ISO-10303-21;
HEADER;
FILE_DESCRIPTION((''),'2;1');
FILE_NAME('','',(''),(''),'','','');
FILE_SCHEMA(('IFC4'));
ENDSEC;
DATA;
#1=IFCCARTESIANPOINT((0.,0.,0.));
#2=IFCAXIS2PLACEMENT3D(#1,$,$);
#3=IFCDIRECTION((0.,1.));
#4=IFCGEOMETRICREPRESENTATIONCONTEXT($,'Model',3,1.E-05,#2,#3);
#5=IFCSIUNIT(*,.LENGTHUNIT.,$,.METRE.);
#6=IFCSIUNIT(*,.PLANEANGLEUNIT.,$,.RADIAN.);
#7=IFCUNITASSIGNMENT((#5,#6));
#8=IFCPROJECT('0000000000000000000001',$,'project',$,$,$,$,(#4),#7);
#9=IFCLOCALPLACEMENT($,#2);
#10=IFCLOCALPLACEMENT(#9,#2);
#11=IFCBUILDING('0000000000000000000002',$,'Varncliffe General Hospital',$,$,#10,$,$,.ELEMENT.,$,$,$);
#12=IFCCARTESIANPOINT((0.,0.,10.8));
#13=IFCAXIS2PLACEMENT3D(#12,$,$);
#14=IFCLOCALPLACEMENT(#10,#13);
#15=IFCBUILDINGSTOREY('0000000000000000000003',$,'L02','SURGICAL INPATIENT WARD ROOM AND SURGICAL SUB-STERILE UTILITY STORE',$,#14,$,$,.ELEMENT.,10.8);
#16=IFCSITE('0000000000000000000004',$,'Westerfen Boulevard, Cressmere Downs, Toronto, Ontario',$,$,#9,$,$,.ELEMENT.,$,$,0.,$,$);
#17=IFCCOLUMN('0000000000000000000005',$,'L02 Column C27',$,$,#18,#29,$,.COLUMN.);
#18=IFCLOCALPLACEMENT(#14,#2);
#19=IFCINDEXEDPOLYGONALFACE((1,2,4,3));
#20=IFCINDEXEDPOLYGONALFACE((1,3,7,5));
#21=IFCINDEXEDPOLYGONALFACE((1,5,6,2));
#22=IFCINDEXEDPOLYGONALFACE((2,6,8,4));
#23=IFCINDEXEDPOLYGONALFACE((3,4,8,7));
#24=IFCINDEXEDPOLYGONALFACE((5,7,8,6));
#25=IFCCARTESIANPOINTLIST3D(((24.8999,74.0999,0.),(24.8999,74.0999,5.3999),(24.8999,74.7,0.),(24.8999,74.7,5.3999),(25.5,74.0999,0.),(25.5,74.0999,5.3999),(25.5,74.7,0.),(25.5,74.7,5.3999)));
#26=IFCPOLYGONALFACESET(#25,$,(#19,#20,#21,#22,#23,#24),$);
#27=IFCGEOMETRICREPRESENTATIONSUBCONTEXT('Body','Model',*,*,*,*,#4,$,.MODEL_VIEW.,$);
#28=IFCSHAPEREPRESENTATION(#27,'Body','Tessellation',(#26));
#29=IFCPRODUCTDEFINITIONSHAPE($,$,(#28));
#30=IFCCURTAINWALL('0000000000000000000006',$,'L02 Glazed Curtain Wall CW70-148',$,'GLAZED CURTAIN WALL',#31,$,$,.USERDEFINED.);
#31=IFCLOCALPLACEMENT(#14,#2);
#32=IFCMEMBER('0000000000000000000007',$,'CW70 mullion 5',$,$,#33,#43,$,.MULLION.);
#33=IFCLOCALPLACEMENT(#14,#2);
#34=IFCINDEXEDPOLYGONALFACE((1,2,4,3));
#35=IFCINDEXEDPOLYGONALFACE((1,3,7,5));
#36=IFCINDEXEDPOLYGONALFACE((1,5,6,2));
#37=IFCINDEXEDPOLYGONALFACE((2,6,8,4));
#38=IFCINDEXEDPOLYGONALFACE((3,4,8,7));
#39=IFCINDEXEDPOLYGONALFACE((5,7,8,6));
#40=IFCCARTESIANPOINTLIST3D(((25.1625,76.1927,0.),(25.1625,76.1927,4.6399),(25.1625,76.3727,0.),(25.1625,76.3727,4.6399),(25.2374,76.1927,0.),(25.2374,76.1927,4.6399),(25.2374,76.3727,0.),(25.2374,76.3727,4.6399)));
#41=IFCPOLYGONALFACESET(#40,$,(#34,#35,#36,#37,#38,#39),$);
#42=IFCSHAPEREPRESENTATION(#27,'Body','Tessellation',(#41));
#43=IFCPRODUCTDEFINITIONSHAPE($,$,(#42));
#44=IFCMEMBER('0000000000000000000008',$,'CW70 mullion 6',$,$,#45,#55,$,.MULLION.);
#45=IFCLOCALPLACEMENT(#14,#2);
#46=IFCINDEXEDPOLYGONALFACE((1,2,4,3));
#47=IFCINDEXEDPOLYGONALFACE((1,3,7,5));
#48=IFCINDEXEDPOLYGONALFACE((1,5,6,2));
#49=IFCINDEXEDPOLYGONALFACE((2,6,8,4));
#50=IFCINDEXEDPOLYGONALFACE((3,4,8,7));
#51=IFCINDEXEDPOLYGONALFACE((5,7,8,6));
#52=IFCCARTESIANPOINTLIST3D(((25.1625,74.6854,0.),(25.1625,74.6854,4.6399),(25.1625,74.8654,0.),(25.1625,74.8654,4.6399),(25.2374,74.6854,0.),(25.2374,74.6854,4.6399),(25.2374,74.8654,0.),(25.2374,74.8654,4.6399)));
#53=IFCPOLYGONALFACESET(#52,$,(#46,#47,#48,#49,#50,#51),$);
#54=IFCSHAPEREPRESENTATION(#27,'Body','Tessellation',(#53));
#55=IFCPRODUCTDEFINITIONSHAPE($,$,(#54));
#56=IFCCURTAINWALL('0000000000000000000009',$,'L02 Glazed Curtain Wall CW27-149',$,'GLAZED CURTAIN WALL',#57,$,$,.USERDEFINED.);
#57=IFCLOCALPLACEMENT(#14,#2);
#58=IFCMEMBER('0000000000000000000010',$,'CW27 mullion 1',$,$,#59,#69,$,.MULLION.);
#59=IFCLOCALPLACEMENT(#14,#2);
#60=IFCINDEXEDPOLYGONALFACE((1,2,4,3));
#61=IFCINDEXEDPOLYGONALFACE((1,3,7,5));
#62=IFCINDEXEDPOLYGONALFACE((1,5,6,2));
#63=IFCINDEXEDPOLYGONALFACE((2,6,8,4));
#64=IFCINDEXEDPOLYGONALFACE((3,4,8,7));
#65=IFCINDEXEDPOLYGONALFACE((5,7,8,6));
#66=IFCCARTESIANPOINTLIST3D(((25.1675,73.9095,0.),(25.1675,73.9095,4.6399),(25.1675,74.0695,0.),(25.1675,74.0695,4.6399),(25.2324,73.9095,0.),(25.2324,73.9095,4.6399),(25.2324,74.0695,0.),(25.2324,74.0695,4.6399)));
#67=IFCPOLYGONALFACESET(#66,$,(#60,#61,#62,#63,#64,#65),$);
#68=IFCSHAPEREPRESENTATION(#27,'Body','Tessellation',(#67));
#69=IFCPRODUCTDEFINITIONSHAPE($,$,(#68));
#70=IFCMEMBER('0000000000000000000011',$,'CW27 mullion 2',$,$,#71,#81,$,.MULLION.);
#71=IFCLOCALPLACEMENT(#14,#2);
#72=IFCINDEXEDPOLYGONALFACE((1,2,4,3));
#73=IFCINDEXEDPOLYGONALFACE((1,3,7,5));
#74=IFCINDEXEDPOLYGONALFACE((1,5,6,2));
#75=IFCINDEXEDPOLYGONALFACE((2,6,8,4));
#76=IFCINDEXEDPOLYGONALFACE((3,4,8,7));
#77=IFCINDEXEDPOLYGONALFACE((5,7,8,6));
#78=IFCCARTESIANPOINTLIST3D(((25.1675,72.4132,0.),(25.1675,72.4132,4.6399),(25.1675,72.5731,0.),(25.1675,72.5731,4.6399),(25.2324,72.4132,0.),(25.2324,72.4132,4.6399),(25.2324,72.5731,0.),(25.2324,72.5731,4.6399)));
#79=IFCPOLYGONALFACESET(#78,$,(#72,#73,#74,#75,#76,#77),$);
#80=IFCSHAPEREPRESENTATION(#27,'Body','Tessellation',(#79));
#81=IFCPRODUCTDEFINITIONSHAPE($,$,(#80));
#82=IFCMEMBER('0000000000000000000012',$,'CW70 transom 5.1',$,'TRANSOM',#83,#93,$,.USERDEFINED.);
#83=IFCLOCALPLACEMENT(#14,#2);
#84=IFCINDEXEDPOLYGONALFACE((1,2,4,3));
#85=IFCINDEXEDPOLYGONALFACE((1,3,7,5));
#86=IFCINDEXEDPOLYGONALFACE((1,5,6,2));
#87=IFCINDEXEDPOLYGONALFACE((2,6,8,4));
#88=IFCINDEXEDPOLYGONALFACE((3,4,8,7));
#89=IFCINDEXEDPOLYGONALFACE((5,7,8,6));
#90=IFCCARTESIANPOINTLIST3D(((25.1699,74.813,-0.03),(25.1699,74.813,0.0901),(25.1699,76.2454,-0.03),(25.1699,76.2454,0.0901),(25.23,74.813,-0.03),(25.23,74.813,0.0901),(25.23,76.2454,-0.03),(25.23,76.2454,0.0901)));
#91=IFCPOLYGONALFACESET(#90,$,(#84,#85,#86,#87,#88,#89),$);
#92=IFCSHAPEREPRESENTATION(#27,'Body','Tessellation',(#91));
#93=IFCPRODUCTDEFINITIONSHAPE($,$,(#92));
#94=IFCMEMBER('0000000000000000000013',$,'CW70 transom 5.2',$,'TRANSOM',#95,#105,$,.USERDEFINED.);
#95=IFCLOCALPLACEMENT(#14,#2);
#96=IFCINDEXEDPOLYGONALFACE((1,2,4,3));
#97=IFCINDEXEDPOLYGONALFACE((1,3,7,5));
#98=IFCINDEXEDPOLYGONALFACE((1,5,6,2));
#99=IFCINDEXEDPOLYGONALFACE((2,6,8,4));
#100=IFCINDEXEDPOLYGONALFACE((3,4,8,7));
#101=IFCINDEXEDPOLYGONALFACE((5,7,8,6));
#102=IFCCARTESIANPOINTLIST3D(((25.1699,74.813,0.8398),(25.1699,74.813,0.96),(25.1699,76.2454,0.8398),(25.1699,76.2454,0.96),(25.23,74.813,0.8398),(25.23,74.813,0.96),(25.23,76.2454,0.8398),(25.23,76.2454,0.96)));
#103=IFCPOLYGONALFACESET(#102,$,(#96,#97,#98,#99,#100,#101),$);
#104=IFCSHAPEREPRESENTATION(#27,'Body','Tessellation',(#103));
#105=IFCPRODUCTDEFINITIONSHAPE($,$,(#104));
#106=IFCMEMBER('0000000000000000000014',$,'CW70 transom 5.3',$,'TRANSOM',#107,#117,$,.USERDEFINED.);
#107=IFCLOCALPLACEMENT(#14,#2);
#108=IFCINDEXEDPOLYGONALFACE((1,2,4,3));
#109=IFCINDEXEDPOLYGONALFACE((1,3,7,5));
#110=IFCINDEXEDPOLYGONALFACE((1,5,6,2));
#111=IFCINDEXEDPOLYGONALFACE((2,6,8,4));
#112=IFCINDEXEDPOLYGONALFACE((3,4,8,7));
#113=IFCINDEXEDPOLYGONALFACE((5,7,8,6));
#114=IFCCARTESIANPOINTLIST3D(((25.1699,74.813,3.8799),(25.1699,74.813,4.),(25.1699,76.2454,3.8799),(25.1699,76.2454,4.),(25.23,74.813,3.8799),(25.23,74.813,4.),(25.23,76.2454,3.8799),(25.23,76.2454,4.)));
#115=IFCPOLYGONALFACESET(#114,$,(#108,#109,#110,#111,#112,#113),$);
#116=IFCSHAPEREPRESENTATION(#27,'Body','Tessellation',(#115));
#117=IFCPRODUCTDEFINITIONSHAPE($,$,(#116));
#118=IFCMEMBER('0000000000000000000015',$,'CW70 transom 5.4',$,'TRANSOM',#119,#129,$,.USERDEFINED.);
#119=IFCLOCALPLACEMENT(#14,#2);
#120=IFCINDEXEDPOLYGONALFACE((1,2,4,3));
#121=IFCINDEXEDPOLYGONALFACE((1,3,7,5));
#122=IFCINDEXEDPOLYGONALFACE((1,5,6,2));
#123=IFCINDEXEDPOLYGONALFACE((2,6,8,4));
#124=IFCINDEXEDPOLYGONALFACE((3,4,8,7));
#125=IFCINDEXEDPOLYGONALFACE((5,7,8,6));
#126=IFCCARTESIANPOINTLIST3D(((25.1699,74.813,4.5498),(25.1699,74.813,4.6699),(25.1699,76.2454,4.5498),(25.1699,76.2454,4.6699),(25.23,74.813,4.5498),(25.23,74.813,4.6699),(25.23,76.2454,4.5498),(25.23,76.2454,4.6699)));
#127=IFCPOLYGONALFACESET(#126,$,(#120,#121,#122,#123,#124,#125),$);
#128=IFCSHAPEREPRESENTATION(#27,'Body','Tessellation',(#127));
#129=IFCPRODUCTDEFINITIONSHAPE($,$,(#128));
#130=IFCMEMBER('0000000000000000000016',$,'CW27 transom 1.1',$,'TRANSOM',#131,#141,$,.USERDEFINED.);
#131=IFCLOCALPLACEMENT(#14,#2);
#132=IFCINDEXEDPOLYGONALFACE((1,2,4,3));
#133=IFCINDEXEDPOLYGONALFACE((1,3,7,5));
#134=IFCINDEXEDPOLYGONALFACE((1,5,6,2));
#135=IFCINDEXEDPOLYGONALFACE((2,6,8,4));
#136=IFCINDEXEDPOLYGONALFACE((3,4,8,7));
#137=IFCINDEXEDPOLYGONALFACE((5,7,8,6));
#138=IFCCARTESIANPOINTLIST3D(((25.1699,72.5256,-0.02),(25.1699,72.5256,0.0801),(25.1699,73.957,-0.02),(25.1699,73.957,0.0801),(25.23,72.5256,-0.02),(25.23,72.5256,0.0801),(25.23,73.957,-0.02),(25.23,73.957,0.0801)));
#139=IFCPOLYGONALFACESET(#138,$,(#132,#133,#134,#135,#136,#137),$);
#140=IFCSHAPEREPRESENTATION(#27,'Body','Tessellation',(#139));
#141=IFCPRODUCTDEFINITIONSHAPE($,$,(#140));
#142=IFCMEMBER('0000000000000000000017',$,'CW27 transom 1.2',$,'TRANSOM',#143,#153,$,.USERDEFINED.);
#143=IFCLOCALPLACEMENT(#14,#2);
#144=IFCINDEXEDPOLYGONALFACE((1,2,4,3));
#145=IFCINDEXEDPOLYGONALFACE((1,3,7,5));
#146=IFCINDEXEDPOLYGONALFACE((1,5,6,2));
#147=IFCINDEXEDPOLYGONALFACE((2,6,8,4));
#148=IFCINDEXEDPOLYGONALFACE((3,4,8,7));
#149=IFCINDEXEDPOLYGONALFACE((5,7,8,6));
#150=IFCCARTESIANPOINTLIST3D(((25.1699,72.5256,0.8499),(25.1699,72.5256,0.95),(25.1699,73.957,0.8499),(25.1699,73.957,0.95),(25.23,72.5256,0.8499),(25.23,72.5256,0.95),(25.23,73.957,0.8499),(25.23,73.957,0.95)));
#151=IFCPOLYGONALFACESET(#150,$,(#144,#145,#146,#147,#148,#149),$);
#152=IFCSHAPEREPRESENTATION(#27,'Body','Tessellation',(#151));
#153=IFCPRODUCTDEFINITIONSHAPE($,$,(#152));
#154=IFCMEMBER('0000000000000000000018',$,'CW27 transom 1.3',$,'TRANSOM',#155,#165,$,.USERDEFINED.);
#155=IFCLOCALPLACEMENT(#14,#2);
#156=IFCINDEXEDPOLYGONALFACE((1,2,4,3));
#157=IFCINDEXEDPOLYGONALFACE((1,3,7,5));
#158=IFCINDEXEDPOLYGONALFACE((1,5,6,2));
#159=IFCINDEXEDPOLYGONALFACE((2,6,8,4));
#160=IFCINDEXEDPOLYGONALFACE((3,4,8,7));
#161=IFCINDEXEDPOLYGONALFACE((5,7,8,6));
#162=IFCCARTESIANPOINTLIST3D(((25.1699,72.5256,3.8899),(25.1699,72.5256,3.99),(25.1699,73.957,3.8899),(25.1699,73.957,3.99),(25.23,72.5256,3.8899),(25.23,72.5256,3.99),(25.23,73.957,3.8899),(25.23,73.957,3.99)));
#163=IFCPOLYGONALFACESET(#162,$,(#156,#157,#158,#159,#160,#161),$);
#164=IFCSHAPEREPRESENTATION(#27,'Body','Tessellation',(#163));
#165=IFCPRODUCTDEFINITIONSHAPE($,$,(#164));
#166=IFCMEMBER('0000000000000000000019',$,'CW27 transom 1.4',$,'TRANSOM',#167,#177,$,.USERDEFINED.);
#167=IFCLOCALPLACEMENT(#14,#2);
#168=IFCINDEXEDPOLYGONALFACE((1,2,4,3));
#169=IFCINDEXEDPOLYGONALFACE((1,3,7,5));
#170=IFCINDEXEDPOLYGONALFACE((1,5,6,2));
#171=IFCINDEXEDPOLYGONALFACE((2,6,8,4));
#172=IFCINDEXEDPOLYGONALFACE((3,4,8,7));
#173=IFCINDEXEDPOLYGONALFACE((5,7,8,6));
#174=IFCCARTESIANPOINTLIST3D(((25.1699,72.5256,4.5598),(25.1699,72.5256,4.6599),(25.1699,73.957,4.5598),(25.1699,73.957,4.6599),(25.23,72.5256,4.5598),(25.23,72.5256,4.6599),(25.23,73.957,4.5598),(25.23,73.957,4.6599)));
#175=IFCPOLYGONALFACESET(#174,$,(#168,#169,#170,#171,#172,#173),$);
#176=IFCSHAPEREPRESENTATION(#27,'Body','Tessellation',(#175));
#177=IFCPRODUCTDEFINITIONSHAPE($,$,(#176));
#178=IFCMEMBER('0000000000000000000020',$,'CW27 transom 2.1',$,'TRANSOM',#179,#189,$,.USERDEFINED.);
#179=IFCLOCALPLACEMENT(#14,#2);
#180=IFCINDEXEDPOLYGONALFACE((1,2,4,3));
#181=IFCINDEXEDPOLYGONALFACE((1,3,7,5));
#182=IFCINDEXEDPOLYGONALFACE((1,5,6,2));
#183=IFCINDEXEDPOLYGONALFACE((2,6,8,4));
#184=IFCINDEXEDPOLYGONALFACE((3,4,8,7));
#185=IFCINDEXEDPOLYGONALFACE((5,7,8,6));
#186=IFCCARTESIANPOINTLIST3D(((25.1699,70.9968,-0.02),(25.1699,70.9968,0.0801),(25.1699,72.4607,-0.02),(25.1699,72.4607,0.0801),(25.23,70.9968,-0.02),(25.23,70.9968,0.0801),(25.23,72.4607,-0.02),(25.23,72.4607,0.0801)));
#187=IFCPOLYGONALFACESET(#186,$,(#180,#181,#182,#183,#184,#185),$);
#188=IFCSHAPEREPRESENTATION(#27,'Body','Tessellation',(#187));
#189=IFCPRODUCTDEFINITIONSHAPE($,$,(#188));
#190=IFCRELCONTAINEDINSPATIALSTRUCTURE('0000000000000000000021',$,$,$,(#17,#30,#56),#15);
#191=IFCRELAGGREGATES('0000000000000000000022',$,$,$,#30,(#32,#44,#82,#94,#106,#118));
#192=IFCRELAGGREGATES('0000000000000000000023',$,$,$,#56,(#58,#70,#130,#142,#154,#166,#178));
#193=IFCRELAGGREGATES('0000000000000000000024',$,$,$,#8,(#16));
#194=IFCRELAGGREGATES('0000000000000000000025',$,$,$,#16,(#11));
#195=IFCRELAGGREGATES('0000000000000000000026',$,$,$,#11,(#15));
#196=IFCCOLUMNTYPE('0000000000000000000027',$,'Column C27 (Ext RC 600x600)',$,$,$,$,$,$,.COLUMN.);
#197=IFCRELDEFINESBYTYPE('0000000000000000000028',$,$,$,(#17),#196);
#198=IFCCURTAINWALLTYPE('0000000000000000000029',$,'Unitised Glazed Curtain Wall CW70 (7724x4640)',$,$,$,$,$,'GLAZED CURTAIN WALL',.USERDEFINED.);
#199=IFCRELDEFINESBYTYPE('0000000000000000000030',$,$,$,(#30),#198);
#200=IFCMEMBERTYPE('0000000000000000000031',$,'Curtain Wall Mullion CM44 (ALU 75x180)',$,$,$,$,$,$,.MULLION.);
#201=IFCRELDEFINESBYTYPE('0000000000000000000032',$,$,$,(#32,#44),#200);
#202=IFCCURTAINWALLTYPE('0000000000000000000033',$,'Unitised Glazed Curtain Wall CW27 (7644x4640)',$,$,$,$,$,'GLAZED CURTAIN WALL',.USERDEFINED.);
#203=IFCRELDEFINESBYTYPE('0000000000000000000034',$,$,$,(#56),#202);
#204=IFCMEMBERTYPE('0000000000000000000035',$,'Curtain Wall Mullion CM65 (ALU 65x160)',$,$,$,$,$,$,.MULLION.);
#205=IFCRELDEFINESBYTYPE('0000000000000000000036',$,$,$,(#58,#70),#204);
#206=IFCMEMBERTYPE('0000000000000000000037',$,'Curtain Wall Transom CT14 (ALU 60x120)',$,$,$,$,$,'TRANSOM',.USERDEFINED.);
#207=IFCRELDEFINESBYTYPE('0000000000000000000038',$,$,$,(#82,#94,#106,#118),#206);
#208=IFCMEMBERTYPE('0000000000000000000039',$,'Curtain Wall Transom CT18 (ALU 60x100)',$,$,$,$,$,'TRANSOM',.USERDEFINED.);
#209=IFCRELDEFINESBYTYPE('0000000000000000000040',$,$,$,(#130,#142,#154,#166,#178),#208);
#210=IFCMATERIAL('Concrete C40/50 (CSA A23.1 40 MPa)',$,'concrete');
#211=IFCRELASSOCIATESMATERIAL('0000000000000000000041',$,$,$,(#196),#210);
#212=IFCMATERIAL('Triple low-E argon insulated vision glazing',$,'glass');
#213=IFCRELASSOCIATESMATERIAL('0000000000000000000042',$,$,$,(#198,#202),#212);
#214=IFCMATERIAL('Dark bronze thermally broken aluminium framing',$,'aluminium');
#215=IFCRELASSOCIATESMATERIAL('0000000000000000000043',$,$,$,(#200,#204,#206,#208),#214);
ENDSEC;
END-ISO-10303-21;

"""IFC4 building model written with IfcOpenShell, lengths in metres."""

from ifc_helpers import new_model, si_unit, direction, frame, origin, origin_2d, place, context, subcontext, project, spatial, rectangle, extrude, material, material_profile, profile_set, type_object, element, aggregate, save


model = new_model("IFC4")

# Units and contexts
model_context = context("Model", 3, precision=1e-05, world=origin(), true_north=direction((0.0, 1.0)))
body_context = subcontext(model_context, "Body", "Model", "MODEL_VIEW")
ifc_project = project(units=[si_unit("LENGTHUNIT", "METRE"), si_unit("PLANEANGLEUNIT", "RADIAN")], contexts=[model_context])

# Site, building, storey
site_placement = place(None, origin())
site = spatial("IfcSite", under=ifc_project, at=site_placement, Name="Westerfen Boulevard, Cressmere Downs, Toronto, Ontario", CompositionType="ELEMENT", RefElevation=0.0)
building_placement = place(site_placement, origin())
building = spatial("IfcBuilding", under=site, at=building_placement, Name="Varncliffe General Hospital", CompositionType="ELEMENT")
storey_placement = place(building_placement, frame((0.0, 0.0, 10.8)))
storey = spatial("IfcBuildingStorey", under=building, at=storey_placement, Name="L02", Description="SURGICAL INPATIENT WARD ROOM AND SURGICAL SUB-STERILE UTILITY STORE", CompositionType="ELEMENT", Elevation=10.8)

# Column
ifc_material_1 = material(Name="Concrete C40/50 (CSA A23.1 40 MPa)", Category="concrete")
ifc_material_profile_1 = material_profile(ifc_material_1, rectangle(XDim=0.6001, YDim=0.6001, at=origin_2d()), Name="RC 600x600")
ifc_profile_set_1 = profile_set([ifc_material_profile_1], Name="Concrete C40/50 (CSA A23.1 40 MPa)")
column_type = type_object("IfcColumnType", Name="Column C27 (Ext RC 600x600)", PredefinedType="COLUMN", material=ifc_profile_set_1)
column_placement = place(storey_placement, frame((25.2, 74.3999, 0.0), z_axis=(0.0, 0.0, 1.0), x_axis=(1.0, 0.0, 0.0)))
element("IfcColumn", 1, at=column_placement, inside=storey, type_object=column_type, Name="L02 Column C27", PredefinedType="COLUMN", context=body_context, shape_type="SweptSolid", body=[
    extrude(rectangle(XDim=0.6001, YDim=0.6001, at=origin_2d()), origin(), (0.0, 0.0, 1.0), 5.3999),
])

# Curtain walls, members
ifc_material_2 = material(Name="Triple low-E argon insulated vision glazing", Category="glass")
curtain_wall_type_1 = type_object("IfcCurtainWallType", Name="Unitised Glazed Curtain Wall CW70 (7724x4640)", ElementType="GLAZED CURTAIN WALL", PredefinedType="USERDEFINED", material=ifc_material_2)
curtain_wall_1_placement = place(storey_placement, origin())
curtain_wall_1 = element("IfcCurtainWall", 2, at=curtain_wall_1_placement, inside=storey, type_object=curtain_wall_type_1, Name="L02 Glazed Curtain Wall CW70-148", ObjectType="GLAZED CURTAIN WALL", PredefinedType="USERDEFINED")
ifc_material_3 = material(Name="Dark bronze thermally broken aluminium framing", Category="aluminium")
ifc_material_profile_2 = material_profile(ifc_material_3, rectangle(XDim=0.075, YDim=0.1799, at=origin_2d()), Name="ALU 75x180")
ifc_profile_set_2 = profile_set([ifc_material_profile_2], Name="Dark bronze thermally broken aluminium framing")
member_type_1 = type_object("IfcMemberType", Name="Curtain Wall Mullion CM44 (ALU 75x180)", PredefinedType="MULLION", material=ifc_profile_set_2)
member_1_placement = place(storey_placement, frame((25.2, 76.2827, 0.0), z_axis=(0.0, 0.0, 1.0), x_axis=(1.0, 0.0, 0.0)))
member_1 = element("IfcMember", 3, at=member_1_placement, type_object=member_type_1, Name="CW70 mullion 5", PredefinedType="MULLION", context=body_context, shape_type="SweptSolid", body=[
    extrude(rectangle(XDim=0.075, YDim=0.1799, at=origin_2d()), origin(), (0.0, 0.0, 1.0), 4.6399),
])
member_2_placement = place(storey_placement, frame((25.2, 74.7754, 0.0), z_axis=(0.0, 0.0, 1.0), x_axis=(1.0, 0.0, 0.0)))
member_2 = element("IfcMember", 4, at=member_2_placement, type_object=member_type_1, Name="CW70 mullion 6", PredefinedType="MULLION", context=body_context, shape_type="SweptSolid", body=[
    extrude(rectangle(XDim=0.075, YDim=0.1799, at=origin_2d()), origin(), (0.0, 0.0, 1.0), 4.6399),
])
curtain_wall_type_2 = type_object("IfcCurtainWallType", Name="Unitised Glazed Curtain Wall CW27 (7644x4640)", ElementType="GLAZED CURTAIN WALL", PredefinedType="USERDEFINED", material=ifc_material_2)
curtain_wall_2_placement = place(storey_placement, origin())
curtain_wall_2 = element("IfcCurtainWall", 5, at=curtain_wall_2_placement, inside=storey, type_object=curtain_wall_type_2, Name="L02 Glazed Curtain Wall CW27-149", ObjectType="GLAZED CURTAIN WALL", PredefinedType="USERDEFINED")
ifc_material_profile_3 = material_profile(ifc_material_3, rectangle(XDim=0.0649, YDim=0.1599, at=origin_2d()), Name="ALU 65x160")
ifc_profile_set_3 = profile_set([ifc_material_profile_3], Name="Dark bronze thermally broken aluminium framing")
member_type_2 = type_object("IfcMemberType", Name="Curtain Wall Mullion CM65 (ALU 65x160)", PredefinedType="MULLION", material=ifc_profile_set_3)
member_3_placement = place(storey_placement, frame((25.2, 73.9895, 0.0), z_axis=(0.0, 0.0, 1.0), x_axis=(1.0, 0.0, 0.0)))
member_3 = element("IfcMember", 6, at=member_3_placement, type_object=member_type_2, Name="CW27 mullion 1", PredefinedType="MULLION", context=body_context, shape_type="SweptSolid", body=[
    extrude(rectangle(XDim=0.0649, YDim=0.1599, at=origin_2d()), origin(), (0.0, 0.0, 1.0), 4.6399),
])
member_4_placement = place(storey_placement, frame((25.2, 72.4932, 0.0), z_axis=(0.0, 0.0, 1.0), x_axis=(1.0, 0.0, 0.0)))
member_4 = element("IfcMember", 7, at=member_4_placement, type_object=member_type_2, Name="CW27 mullion 2", PredefinedType="MULLION", context=body_context, shape_type="SweptSolid", body=[
    extrude(rectangle(XDim=0.0649, YDim=0.1599, at=origin_2d()), origin(), (0.0, 0.0, 1.0), 4.6399),
])

# Members
ifc_material_profile_4 = material_profile(ifc_material_3, rectangle(XDim=0.0601, YDim=0.1201, at=origin_2d()), Name="ALU 60x120")
ifc_profile_set_4 = profile_set([ifc_material_profile_4], Name="Dark bronze thermally broken aluminium framing")
member_type_3 = type_object("IfcMemberType", Name="Curtain Wall Transom CT14 (ALU 60x120)", ElementType="TRANSOM", PredefinedType="USERDEFINED", material=ifc_profile_set_4)
member_5_placement = place(storey_placement, frame((25.2, 76.2454, 0.03), z_axis=(0.0, -1.0, 0.0), x_axis=(1.0, 0.0, 0.0)))
member_5 = element("IfcMember", 8, at=member_5_placement, type_object=member_type_3, Name="CW70 transom 5.1", ObjectType="TRANSOM", PredefinedType="USERDEFINED", context=body_context, shape_type="SweptSolid", body=[
    extrude(rectangle(XDim=0.0601, YDim=0.1201, at=origin_2d()), origin(), (0.0, 0.0, 1.0), 1.4324),
])
member_6_placement = place(storey_placement, frame((25.2, 76.2454, 0.8999), z_axis=(0.0, -1.0, 0.0), x_axis=(1.0, 0.0, 0.0)))
member_6 = element("IfcMember", 9, at=member_6_placement, type_object=member_type_3, Name="CW70 transom 5.2", ObjectType="TRANSOM", PredefinedType="USERDEFINED", context=body_context, shape_type="SweptSolid", body=[
    extrude(rectangle(XDim=0.0601, YDim=0.1201, at=origin_2d()), origin(), (0.0, 0.0, 1.0), 1.4324),
])
member_7_placement = place(storey_placement, frame((25.2, 76.2454, 3.9399), z_axis=(0.0, -1.0, 0.0), x_axis=(1.0, 0.0, 0.0)))
member_7 = element("IfcMember", 10, at=member_7_placement, type_object=member_type_3, Name="CW70 transom 5.3", ObjectType="TRANSOM", PredefinedType="USERDEFINED", context=body_context, shape_type="SweptSolid", body=[
    extrude(rectangle(XDim=0.0601, YDim=0.1201, at=origin_2d()), origin(), (0.0, 0.0, 1.0), 1.4324),
])
member_8_placement = place(storey_placement, frame((25.2, 76.2454, 4.6099), z_axis=(0.0, -1.0, 0.0), x_axis=(1.0, 0.0, 0.0)))
member_8 = element("IfcMember", 11, at=member_8_placement, type_object=member_type_3, Name="CW70 transom 5.4", ObjectType="TRANSOM", PredefinedType="USERDEFINED", context=body_context, shape_type="SweptSolid", body=[
    extrude(rectangle(XDim=0.0601, YDim=0.1201, at=origin_2d()), origin(), (0.0, 0.0, 1.0), 1.4324),
])
ifc_material_profile_5 = material_profile(ifc_material_3, rectangle(XDim=0.0601, YDim=0.1001, at=origin_2d()), Name="ALU 60x100")
ifc_profile_set_5 = profile_set([ifc_material_profile_5], Name="Dark bronze thermally broken aluminium framing")
member_type_4 = type_object("IfcMemberType", Name="Curtain Wall Transom CT18 (ALU 60x100)", ElementType="TRANSOM", PredefinedType="USERDEFINED", material=ifc_profile_set_5)
member_9_placement = place(storey_placement, frame((25.2, 73.957, 0.03), z_axis=(0.0, -1.0, 0.0), x_axis=(1.0, 0.0, 0.0)))
member_9 = element("IfcMember", 12, at=member_9_placement, type_object=member_type_4, Name="CW27 transom 1.1", ObjectType="TRANSOM", PredefinedType="USERDEFINED", context=body_context, shape_type="SweptSolid", body=[
    extrude(rectangle(XDim=0.0601, YDim=0.1001, at=origin_2d()), origin(), (0.0, 0.0, 1.0), 1.4314),
])
member_10_placement = place(storey_placement, frame((25.2, 73.957, 0.8999), z_axis=(0.0, -1.0, 0.0), x_axis=(1.0, 0.0, 0.0)))
member_10 = element("IfcMember", 13, at=member_10_placement, type_object=member_type_4, Name="CW27 transom 1.2", ObjectType="TRANSOM", PredefinedType="USERDEFINED", context=body_context, shape_type="SweptSolid", body=[
    extrude(rectangle(XDim=0.0601, YDim=0.1001, at=origin_2d()), origin(), (0.0, 0.0, 1.0), 1.4314),
])
member_11_placement = place(storey_placement, frame((25.2, 73.957, 3.9399), z_axis=(0.0, -1.0, 0.0), x_axis=(1.0, 0.0, 0.0)))
member_11 = element("IfcMember", 14, at=member_11_placement, type_object=member_type_4, Name="CW27 transom 1.3", ObjectType="TRANSOM", PredefinedType="USERDEFINED", context=body_context, shape_type="SweptSolid", body=[
    extrude(rectangle(XDim=0.0601, YDim=0.1001, at=origin_2d()), origin(), (0.0, 0.0, 1.0), 1.4314),
])
member_12_placement = place(storey_placement, frame((25.2, 73.957, 4.6099), z_axis=(0.0, -1.0, 0.0), x_axis=(1.0, 0.0, 0.0)))
member_12 = element("IfcMember", 15, at=member_12_placement, type_object=member_type_4, Name="CW27 transom 1.4", ObjectType="TRANSOM", PredefinedType="USERDEFINED", context=body_context, shape_type="SweptSolid", body=[
    extrude(rectangle(XDim=0.0601, YDim=0.1001, at=origin_2d()), origin(), (0.0, 0.0, 1.0), 1.4314),
])
member_13_placement = place(storey_placement, frame((25.2, 72.4607, 0.03), z_axis=(0.0, -1.0, 0.0), x_axis=(1.0, 0.0, 0.0)))
member_13 = element("IfcMember", 16, at=member_13_placement, type_object=member_type_4, Name="CW27 transom 2.1", ObjectType="TRANSOM", PredefinedType="USERDEFINED", context=body_context, shape_type="SweptSolid", body=[
    extrude(rectangle(XDim=0.0601, YDim=0.1001, at=origin_2d()), origin(), (0.0, 0.0, 1.0), 1.4639),
])

aggregate(curtain_wall_1, [member_1, member_2, member_5, member_6, member_7, member_8])
aggregate(curtain_wall_2, [member_3, member_4, member_9, member_10, member_11, member_12, member_13])

save(model, "model.ifc")
